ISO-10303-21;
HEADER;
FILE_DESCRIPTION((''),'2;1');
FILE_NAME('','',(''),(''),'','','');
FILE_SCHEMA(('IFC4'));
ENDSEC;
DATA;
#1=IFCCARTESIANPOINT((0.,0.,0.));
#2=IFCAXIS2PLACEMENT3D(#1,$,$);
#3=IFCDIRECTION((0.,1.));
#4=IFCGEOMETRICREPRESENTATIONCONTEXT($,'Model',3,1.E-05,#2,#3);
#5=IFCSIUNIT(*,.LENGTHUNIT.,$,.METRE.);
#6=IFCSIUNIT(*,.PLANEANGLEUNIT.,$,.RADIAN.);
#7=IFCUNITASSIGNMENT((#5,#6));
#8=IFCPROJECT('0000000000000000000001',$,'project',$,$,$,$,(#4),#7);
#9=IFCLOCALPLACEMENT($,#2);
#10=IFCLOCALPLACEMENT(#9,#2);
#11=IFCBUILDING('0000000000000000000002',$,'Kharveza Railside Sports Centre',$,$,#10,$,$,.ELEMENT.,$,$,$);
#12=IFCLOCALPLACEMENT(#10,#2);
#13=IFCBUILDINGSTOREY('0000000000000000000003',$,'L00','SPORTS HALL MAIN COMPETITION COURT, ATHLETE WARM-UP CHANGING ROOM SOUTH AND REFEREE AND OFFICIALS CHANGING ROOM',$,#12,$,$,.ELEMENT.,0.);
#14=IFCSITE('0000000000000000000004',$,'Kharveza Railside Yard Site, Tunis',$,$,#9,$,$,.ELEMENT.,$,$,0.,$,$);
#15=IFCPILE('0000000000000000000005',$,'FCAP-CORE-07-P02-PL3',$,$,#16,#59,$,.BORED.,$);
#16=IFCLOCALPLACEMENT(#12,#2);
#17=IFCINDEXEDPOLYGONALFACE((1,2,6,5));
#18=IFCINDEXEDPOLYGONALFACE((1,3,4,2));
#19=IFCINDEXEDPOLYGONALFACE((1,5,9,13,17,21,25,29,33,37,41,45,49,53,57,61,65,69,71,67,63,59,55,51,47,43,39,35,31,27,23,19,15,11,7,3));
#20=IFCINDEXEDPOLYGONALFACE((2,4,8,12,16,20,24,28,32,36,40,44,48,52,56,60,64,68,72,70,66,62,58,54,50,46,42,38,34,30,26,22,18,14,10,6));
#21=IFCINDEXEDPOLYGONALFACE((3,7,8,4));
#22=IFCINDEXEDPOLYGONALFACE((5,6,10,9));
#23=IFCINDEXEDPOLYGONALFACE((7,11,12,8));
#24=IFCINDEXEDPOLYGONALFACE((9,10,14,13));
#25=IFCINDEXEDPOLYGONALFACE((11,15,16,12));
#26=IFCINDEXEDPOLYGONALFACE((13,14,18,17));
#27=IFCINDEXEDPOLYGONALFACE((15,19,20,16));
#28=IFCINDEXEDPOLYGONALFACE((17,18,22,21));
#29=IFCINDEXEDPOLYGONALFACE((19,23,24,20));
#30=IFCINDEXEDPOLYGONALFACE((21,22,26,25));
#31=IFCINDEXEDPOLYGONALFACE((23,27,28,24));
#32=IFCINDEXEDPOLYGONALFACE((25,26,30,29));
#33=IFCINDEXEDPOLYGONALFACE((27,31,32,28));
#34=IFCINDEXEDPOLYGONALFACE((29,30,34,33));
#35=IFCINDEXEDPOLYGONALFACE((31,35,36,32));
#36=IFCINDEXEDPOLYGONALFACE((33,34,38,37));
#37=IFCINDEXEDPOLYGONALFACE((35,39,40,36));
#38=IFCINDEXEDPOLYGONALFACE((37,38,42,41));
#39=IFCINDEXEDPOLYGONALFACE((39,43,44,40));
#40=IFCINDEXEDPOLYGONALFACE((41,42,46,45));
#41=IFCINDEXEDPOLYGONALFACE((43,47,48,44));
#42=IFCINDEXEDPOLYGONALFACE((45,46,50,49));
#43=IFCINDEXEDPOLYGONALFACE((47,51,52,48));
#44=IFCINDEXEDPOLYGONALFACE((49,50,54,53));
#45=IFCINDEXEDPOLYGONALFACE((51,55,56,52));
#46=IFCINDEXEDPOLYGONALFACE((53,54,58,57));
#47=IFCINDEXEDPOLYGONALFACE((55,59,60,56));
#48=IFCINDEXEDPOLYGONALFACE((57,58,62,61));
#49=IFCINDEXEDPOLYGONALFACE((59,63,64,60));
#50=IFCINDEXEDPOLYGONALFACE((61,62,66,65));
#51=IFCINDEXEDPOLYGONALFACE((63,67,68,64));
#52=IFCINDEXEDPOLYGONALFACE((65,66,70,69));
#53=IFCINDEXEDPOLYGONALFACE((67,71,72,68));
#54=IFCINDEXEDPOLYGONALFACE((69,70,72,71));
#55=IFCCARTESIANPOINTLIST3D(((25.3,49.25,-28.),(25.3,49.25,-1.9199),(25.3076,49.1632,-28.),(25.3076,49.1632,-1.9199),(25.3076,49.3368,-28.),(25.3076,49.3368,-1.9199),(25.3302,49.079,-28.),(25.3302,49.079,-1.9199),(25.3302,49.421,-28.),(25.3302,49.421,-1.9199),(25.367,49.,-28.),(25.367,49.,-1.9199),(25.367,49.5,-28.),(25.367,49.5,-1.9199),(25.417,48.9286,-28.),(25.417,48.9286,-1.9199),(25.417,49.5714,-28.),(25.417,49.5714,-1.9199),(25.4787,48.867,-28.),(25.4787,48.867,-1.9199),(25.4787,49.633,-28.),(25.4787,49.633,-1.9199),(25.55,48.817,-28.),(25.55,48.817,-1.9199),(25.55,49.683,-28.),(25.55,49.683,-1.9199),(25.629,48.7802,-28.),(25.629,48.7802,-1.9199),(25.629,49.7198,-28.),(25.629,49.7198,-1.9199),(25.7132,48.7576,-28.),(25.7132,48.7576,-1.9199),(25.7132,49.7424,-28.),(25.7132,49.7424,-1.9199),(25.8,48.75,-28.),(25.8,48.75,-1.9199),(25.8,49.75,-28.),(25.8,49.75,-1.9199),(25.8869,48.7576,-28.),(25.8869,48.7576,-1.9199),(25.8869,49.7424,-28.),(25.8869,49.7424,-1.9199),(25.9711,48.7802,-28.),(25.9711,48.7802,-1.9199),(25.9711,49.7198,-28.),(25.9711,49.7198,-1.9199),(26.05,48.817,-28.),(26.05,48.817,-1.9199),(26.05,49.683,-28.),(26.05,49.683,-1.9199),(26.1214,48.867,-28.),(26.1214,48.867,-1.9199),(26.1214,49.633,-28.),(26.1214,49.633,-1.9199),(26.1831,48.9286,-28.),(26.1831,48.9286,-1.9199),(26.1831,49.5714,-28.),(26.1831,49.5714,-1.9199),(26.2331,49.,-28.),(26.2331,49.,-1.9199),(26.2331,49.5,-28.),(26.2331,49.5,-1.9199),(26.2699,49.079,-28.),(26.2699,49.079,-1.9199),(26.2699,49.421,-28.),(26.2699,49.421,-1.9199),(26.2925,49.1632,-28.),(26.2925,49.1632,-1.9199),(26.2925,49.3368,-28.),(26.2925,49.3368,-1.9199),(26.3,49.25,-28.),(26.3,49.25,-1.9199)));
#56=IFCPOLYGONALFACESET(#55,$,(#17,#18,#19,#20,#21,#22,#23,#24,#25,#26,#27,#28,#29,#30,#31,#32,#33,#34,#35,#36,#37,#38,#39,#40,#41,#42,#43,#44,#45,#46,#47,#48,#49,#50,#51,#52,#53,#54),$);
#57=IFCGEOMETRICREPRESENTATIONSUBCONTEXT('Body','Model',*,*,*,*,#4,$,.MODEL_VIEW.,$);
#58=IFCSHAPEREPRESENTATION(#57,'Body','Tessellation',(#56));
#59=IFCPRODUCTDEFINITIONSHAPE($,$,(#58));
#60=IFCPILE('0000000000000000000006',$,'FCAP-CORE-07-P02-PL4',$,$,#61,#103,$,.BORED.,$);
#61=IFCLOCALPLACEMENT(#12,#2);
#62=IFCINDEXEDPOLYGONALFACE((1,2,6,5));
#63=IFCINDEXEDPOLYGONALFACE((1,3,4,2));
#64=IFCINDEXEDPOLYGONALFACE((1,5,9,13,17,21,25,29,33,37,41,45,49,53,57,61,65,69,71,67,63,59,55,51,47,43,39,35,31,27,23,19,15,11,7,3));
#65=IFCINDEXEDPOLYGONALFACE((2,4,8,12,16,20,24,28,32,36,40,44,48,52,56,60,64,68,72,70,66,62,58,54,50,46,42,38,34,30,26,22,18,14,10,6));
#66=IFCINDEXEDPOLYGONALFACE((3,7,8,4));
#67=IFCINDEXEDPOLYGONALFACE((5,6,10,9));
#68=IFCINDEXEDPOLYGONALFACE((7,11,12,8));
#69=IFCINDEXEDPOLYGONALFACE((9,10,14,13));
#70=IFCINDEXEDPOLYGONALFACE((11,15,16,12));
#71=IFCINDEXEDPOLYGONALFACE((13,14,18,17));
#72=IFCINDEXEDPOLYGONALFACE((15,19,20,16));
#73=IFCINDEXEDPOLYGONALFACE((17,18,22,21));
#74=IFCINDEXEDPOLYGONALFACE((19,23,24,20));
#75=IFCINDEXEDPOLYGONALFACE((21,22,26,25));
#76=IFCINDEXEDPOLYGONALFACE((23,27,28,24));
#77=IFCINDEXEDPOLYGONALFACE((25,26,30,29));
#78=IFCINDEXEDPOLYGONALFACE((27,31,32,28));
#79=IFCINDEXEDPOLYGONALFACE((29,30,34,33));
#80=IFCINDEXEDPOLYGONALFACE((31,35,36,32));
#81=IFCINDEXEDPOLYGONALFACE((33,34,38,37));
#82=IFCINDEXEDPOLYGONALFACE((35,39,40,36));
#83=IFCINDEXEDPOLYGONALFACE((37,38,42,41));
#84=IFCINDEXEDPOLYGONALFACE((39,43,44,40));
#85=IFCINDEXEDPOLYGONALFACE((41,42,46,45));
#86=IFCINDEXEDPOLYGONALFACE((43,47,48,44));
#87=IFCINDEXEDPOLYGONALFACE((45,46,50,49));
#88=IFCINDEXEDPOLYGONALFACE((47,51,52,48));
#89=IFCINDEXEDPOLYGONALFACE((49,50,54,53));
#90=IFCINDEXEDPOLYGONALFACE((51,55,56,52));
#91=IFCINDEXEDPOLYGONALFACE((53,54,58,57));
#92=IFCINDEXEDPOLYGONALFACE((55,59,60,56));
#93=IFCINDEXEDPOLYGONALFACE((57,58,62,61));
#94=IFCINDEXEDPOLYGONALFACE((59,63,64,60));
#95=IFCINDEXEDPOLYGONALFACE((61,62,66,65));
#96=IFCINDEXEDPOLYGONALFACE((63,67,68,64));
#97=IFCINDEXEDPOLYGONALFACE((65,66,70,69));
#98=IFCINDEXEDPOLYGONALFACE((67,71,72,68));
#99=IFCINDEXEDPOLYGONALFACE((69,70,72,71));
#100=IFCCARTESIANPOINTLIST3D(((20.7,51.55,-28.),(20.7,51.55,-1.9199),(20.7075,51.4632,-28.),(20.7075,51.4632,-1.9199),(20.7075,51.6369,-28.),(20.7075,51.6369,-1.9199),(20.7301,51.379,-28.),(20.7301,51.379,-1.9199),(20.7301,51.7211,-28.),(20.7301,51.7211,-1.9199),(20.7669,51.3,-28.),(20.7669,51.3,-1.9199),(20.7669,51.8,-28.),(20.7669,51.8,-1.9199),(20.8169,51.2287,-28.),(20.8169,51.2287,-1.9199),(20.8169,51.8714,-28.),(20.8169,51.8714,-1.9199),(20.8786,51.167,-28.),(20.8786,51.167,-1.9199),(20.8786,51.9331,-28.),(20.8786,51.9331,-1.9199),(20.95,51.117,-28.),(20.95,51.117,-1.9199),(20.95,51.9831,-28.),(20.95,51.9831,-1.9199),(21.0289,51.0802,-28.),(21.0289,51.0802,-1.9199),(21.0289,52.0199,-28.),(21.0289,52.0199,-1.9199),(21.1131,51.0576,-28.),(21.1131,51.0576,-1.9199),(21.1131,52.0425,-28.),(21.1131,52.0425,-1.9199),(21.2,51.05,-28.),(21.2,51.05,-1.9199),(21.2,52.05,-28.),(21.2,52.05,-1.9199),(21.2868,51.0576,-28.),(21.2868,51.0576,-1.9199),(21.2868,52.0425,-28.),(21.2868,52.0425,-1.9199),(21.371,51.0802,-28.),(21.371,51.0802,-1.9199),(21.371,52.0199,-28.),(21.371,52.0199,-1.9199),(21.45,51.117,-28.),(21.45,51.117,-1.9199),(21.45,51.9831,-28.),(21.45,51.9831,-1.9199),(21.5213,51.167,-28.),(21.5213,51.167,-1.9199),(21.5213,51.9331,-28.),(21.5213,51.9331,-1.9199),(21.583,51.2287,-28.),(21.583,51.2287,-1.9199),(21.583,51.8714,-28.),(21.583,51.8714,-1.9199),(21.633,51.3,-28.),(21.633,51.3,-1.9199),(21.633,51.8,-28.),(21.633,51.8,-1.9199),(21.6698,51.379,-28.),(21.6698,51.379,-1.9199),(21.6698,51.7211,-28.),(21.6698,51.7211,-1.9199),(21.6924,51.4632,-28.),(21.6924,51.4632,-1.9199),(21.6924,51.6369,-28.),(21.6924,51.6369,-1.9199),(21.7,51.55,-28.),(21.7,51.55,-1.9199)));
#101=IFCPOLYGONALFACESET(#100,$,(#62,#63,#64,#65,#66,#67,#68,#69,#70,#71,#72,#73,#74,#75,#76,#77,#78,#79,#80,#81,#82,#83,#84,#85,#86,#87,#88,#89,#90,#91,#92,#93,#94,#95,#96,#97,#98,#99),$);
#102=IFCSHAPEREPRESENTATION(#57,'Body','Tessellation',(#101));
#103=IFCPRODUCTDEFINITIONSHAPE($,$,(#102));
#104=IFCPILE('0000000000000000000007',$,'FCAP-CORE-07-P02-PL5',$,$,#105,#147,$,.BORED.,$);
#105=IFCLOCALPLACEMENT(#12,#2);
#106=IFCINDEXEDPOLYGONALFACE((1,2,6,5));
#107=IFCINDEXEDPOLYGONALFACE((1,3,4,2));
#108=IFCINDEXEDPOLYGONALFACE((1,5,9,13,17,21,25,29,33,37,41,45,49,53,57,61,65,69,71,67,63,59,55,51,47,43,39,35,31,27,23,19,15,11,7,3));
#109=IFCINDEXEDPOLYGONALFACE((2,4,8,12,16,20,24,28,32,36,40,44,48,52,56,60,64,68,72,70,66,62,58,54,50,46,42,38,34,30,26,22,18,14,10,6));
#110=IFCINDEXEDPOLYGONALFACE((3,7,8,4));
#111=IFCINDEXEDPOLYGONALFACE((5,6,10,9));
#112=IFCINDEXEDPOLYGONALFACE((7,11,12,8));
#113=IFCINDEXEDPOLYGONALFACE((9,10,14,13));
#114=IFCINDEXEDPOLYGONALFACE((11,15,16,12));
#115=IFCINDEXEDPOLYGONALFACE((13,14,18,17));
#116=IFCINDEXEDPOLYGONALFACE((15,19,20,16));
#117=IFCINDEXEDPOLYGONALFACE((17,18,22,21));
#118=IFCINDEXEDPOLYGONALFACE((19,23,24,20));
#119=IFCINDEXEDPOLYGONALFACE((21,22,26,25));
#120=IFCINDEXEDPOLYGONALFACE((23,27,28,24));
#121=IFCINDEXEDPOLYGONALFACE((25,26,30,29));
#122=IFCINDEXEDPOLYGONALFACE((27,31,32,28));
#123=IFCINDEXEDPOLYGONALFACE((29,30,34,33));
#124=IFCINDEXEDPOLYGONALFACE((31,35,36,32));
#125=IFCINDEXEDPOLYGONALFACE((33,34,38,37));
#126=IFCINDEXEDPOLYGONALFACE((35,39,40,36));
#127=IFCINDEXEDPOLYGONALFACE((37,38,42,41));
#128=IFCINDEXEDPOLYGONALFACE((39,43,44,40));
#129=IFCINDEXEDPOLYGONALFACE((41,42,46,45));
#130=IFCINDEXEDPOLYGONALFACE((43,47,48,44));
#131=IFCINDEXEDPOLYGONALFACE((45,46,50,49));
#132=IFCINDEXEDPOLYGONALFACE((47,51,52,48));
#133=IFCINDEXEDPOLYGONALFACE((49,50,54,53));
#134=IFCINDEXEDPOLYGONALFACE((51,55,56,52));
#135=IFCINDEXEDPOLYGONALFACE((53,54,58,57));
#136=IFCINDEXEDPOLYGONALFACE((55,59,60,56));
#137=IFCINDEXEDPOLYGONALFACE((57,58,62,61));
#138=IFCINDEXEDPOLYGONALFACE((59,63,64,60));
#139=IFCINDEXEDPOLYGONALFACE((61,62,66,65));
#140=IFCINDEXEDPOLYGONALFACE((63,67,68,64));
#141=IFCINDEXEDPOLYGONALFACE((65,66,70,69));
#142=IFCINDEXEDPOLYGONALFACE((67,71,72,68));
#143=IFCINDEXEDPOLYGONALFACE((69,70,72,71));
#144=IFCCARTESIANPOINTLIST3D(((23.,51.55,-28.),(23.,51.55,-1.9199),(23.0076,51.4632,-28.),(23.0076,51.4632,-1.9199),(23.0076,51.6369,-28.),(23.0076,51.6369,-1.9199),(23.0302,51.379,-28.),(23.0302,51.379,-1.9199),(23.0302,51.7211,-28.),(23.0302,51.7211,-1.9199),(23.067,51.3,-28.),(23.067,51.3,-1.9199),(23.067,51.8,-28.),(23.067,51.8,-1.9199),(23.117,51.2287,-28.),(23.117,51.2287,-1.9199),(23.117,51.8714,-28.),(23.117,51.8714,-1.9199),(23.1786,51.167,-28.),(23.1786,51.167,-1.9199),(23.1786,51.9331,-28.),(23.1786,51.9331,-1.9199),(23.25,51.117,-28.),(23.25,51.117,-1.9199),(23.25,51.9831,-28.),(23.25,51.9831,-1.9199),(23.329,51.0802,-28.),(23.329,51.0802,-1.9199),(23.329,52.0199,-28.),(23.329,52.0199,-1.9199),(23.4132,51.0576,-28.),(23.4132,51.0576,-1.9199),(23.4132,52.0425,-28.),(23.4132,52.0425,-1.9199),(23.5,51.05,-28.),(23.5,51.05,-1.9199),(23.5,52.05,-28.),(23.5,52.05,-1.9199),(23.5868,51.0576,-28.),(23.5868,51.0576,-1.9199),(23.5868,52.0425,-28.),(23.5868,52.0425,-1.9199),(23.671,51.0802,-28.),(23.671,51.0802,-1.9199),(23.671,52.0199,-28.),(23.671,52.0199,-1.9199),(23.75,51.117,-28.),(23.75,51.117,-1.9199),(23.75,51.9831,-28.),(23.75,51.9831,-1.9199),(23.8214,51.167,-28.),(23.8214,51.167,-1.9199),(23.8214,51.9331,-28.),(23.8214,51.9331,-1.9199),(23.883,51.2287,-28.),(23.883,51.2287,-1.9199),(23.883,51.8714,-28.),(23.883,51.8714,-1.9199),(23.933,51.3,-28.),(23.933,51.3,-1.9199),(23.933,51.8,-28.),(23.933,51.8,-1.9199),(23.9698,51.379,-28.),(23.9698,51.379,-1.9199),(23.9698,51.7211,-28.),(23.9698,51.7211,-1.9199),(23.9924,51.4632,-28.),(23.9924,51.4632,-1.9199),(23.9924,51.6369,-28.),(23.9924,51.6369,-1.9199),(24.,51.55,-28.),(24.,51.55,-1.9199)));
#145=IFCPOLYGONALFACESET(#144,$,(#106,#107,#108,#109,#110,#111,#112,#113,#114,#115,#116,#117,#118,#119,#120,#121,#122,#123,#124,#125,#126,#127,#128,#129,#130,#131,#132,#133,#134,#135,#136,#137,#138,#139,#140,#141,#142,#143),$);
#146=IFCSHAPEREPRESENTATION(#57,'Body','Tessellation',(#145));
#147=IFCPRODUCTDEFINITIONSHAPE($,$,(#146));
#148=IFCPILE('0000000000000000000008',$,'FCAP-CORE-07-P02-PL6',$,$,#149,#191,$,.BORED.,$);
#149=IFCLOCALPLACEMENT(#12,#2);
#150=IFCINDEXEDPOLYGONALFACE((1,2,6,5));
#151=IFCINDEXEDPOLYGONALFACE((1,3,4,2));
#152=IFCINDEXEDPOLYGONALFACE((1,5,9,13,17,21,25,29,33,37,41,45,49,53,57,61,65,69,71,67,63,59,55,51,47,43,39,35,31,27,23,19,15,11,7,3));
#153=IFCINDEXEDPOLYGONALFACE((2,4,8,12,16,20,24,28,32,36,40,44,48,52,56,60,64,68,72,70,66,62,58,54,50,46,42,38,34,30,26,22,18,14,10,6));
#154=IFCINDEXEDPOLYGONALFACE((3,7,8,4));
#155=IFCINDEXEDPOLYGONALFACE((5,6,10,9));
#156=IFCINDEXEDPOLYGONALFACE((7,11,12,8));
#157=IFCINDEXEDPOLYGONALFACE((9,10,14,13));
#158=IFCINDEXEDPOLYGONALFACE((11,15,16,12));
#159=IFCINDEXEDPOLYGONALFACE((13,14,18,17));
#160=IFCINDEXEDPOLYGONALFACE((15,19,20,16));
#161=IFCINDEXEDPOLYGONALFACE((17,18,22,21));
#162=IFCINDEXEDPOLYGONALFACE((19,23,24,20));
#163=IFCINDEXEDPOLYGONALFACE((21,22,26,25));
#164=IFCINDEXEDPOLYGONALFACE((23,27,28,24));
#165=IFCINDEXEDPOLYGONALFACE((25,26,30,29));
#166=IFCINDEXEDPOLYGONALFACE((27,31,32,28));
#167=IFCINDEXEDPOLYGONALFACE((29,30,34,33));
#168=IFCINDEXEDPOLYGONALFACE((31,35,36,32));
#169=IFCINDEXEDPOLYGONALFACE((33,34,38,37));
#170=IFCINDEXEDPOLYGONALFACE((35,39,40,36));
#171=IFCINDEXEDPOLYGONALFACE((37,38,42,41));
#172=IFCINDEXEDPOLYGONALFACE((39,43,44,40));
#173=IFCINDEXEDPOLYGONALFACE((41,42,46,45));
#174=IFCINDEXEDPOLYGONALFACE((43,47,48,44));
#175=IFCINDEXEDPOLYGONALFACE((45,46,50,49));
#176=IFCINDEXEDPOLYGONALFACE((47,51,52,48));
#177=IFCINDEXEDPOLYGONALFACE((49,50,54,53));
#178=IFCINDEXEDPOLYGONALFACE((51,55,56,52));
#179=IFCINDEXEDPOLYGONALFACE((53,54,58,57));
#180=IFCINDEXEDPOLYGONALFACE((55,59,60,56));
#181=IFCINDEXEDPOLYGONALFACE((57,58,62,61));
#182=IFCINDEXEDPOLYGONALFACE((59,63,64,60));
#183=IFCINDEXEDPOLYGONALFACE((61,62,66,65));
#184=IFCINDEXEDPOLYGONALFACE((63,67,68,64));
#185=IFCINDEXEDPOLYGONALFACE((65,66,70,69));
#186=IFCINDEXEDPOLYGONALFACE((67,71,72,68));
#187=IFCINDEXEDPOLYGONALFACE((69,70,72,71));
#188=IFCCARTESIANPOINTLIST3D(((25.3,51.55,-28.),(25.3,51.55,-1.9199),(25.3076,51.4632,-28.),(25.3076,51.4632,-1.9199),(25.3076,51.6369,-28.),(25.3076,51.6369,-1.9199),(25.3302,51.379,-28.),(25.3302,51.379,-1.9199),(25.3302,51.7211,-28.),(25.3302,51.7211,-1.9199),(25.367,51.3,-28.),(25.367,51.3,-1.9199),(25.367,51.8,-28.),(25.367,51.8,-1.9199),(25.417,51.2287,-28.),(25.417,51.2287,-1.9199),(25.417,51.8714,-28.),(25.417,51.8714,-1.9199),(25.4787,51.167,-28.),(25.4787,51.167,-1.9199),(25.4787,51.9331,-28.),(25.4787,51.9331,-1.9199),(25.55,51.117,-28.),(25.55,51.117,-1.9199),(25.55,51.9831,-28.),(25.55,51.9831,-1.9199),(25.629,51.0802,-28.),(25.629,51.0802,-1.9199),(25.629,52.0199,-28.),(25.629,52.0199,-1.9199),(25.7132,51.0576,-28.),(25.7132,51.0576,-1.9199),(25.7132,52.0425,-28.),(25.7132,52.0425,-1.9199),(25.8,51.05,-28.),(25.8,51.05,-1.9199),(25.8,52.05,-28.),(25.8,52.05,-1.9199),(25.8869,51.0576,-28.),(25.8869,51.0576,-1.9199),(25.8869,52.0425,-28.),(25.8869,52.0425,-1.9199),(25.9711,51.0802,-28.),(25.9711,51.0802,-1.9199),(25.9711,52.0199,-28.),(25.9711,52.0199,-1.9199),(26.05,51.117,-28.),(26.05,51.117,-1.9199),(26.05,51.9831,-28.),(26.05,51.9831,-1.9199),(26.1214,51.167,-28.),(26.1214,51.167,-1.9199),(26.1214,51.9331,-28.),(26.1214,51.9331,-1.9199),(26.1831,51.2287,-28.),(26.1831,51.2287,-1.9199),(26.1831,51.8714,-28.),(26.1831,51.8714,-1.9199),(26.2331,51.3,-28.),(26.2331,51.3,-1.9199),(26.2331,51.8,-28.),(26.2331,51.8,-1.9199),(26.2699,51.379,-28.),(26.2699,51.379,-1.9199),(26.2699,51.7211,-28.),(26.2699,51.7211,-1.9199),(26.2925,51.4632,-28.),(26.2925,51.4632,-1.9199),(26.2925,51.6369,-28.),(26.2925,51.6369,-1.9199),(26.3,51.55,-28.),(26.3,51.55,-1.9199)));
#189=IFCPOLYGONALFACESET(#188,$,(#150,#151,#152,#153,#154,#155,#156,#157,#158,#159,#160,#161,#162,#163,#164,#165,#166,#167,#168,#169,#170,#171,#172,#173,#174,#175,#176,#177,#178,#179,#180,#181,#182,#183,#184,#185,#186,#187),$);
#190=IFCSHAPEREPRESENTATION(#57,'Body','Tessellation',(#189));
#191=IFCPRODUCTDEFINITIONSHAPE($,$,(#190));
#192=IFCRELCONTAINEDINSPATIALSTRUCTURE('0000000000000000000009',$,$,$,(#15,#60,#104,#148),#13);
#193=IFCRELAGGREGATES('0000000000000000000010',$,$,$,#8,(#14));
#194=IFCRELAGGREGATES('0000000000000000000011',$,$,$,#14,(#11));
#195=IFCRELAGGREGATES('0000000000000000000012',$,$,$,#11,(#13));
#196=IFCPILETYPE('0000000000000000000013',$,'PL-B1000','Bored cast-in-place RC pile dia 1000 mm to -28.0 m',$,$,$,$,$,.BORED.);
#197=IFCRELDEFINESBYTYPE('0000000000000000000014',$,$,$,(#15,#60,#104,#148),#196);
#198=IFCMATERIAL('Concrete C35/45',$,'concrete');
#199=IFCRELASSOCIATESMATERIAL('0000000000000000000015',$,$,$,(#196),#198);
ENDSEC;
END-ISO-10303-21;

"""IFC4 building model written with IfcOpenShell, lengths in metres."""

from ifc_helpers import new_model, si_unit, direction, frame, origin, origin_2d, place, context, subcontext, project, spatial, circle, extrude, material, material_profile, profile_set, type_object, element, save


model = new_model("IFC4")

# Units and contexts
model_context = context("Model", 3, precision=1e-05, world=origin(), true_north=direction((0.0, 1.0)))
body_context = subcontext(model_context, "Body", "Model", "MODEL_VIEW")
ifc_project = project(units=[si_unit("LENGTHUNIT", "METRE"), si_unit("PLANEANGLEUNIT", "RADIAN")], contexts=[model_context])

# Site, building, storey
site_placement = place(None, origin())
site = spatial("IfcSite", under=ifc_project, at=site_placement, Name="Kharveza Railside Yard Site, Tunis", CompositionType="ELEMENT", RefElevation=0.0)
building_placement = place(site_placement, origin())
building = spatial("IfcBuilding", under=site, at=building_placement, Name="Kharveza Railside Sports Centre", CompositionType="ELEMENT")
storey_placement = place(building_placement, origin())
storey = spatial("IfcBuildingStorey", under=building, at=storey_placement, Name="L00", Description="SPORTS HALL MAIN COMPETITION COURT, ATHLETE WARM-UP CHANGING ROOM SOUTH AND REFEREE AND OFFICIALS CHANGING ROOM", CompositionType="ELEMENT", Elevation=0.0)

# Shared definitions
ifc_material_1 = material(Name="Concrete C35/45", Category="concrete")

# Piles
ifc_material_profile_1 = material_profile(ifc_material_1, circle(Radius=0.5, at=origin_2d()), Name="PILE D1000")
ifc_profile_set_1 = profile_set([ifc_material_profile_1], Name="Concrete C35/45")
pile_type_1 = type_object("IfcPileType", Name="PL-B1000", Description="Bored cast-in-place RC pile dia 1000 mm to -28.0 m", PredefinedType="BORED", material=ifc_profile_set_1)
for number, where, z_axis, x_axis, name in (
    (1, (25.8, 49.25, -1.9199), (0.0, 0.0, -1.0), (1.0, 0.0, 0.0), "FCAP-CORE-07-P02-PL3"),
    (2, (21.2, 51.55, -1.9199), (0.0, 0.0, -1.0), (1.0, 0.0, 0.0), "FCAP-CORE-07-P02-PL4"),
    (3, (23.5, 51.55, -1.9199), (0.0, 0.0, -1.0), (1.0, 0.0, 0.0), "FCAP-CORE-07-P02-PL5"),
    (4, (25.8, 51.55, -1.9199), (0.0, 0.0, -1.0), (1.0, 0.0, 0.0), "FCAP-CORE-07-P02-PL6"),
):
    element("IfcPile", number, at=place(storey_placement, frame(where, z_axis=z_axis, x_axis=x_axis)), inside=storey, type_object=pile_type_1, Name=name, PredefinedType="BORED", context=body_context, shape_type="SweptSolid", body=[
        extrude(circle(Radius=0.5, at=origin_2d()), origin(), (0.0, 0.0, 1.0), 26.0801),
    ])

save(model, "model.ifc")
